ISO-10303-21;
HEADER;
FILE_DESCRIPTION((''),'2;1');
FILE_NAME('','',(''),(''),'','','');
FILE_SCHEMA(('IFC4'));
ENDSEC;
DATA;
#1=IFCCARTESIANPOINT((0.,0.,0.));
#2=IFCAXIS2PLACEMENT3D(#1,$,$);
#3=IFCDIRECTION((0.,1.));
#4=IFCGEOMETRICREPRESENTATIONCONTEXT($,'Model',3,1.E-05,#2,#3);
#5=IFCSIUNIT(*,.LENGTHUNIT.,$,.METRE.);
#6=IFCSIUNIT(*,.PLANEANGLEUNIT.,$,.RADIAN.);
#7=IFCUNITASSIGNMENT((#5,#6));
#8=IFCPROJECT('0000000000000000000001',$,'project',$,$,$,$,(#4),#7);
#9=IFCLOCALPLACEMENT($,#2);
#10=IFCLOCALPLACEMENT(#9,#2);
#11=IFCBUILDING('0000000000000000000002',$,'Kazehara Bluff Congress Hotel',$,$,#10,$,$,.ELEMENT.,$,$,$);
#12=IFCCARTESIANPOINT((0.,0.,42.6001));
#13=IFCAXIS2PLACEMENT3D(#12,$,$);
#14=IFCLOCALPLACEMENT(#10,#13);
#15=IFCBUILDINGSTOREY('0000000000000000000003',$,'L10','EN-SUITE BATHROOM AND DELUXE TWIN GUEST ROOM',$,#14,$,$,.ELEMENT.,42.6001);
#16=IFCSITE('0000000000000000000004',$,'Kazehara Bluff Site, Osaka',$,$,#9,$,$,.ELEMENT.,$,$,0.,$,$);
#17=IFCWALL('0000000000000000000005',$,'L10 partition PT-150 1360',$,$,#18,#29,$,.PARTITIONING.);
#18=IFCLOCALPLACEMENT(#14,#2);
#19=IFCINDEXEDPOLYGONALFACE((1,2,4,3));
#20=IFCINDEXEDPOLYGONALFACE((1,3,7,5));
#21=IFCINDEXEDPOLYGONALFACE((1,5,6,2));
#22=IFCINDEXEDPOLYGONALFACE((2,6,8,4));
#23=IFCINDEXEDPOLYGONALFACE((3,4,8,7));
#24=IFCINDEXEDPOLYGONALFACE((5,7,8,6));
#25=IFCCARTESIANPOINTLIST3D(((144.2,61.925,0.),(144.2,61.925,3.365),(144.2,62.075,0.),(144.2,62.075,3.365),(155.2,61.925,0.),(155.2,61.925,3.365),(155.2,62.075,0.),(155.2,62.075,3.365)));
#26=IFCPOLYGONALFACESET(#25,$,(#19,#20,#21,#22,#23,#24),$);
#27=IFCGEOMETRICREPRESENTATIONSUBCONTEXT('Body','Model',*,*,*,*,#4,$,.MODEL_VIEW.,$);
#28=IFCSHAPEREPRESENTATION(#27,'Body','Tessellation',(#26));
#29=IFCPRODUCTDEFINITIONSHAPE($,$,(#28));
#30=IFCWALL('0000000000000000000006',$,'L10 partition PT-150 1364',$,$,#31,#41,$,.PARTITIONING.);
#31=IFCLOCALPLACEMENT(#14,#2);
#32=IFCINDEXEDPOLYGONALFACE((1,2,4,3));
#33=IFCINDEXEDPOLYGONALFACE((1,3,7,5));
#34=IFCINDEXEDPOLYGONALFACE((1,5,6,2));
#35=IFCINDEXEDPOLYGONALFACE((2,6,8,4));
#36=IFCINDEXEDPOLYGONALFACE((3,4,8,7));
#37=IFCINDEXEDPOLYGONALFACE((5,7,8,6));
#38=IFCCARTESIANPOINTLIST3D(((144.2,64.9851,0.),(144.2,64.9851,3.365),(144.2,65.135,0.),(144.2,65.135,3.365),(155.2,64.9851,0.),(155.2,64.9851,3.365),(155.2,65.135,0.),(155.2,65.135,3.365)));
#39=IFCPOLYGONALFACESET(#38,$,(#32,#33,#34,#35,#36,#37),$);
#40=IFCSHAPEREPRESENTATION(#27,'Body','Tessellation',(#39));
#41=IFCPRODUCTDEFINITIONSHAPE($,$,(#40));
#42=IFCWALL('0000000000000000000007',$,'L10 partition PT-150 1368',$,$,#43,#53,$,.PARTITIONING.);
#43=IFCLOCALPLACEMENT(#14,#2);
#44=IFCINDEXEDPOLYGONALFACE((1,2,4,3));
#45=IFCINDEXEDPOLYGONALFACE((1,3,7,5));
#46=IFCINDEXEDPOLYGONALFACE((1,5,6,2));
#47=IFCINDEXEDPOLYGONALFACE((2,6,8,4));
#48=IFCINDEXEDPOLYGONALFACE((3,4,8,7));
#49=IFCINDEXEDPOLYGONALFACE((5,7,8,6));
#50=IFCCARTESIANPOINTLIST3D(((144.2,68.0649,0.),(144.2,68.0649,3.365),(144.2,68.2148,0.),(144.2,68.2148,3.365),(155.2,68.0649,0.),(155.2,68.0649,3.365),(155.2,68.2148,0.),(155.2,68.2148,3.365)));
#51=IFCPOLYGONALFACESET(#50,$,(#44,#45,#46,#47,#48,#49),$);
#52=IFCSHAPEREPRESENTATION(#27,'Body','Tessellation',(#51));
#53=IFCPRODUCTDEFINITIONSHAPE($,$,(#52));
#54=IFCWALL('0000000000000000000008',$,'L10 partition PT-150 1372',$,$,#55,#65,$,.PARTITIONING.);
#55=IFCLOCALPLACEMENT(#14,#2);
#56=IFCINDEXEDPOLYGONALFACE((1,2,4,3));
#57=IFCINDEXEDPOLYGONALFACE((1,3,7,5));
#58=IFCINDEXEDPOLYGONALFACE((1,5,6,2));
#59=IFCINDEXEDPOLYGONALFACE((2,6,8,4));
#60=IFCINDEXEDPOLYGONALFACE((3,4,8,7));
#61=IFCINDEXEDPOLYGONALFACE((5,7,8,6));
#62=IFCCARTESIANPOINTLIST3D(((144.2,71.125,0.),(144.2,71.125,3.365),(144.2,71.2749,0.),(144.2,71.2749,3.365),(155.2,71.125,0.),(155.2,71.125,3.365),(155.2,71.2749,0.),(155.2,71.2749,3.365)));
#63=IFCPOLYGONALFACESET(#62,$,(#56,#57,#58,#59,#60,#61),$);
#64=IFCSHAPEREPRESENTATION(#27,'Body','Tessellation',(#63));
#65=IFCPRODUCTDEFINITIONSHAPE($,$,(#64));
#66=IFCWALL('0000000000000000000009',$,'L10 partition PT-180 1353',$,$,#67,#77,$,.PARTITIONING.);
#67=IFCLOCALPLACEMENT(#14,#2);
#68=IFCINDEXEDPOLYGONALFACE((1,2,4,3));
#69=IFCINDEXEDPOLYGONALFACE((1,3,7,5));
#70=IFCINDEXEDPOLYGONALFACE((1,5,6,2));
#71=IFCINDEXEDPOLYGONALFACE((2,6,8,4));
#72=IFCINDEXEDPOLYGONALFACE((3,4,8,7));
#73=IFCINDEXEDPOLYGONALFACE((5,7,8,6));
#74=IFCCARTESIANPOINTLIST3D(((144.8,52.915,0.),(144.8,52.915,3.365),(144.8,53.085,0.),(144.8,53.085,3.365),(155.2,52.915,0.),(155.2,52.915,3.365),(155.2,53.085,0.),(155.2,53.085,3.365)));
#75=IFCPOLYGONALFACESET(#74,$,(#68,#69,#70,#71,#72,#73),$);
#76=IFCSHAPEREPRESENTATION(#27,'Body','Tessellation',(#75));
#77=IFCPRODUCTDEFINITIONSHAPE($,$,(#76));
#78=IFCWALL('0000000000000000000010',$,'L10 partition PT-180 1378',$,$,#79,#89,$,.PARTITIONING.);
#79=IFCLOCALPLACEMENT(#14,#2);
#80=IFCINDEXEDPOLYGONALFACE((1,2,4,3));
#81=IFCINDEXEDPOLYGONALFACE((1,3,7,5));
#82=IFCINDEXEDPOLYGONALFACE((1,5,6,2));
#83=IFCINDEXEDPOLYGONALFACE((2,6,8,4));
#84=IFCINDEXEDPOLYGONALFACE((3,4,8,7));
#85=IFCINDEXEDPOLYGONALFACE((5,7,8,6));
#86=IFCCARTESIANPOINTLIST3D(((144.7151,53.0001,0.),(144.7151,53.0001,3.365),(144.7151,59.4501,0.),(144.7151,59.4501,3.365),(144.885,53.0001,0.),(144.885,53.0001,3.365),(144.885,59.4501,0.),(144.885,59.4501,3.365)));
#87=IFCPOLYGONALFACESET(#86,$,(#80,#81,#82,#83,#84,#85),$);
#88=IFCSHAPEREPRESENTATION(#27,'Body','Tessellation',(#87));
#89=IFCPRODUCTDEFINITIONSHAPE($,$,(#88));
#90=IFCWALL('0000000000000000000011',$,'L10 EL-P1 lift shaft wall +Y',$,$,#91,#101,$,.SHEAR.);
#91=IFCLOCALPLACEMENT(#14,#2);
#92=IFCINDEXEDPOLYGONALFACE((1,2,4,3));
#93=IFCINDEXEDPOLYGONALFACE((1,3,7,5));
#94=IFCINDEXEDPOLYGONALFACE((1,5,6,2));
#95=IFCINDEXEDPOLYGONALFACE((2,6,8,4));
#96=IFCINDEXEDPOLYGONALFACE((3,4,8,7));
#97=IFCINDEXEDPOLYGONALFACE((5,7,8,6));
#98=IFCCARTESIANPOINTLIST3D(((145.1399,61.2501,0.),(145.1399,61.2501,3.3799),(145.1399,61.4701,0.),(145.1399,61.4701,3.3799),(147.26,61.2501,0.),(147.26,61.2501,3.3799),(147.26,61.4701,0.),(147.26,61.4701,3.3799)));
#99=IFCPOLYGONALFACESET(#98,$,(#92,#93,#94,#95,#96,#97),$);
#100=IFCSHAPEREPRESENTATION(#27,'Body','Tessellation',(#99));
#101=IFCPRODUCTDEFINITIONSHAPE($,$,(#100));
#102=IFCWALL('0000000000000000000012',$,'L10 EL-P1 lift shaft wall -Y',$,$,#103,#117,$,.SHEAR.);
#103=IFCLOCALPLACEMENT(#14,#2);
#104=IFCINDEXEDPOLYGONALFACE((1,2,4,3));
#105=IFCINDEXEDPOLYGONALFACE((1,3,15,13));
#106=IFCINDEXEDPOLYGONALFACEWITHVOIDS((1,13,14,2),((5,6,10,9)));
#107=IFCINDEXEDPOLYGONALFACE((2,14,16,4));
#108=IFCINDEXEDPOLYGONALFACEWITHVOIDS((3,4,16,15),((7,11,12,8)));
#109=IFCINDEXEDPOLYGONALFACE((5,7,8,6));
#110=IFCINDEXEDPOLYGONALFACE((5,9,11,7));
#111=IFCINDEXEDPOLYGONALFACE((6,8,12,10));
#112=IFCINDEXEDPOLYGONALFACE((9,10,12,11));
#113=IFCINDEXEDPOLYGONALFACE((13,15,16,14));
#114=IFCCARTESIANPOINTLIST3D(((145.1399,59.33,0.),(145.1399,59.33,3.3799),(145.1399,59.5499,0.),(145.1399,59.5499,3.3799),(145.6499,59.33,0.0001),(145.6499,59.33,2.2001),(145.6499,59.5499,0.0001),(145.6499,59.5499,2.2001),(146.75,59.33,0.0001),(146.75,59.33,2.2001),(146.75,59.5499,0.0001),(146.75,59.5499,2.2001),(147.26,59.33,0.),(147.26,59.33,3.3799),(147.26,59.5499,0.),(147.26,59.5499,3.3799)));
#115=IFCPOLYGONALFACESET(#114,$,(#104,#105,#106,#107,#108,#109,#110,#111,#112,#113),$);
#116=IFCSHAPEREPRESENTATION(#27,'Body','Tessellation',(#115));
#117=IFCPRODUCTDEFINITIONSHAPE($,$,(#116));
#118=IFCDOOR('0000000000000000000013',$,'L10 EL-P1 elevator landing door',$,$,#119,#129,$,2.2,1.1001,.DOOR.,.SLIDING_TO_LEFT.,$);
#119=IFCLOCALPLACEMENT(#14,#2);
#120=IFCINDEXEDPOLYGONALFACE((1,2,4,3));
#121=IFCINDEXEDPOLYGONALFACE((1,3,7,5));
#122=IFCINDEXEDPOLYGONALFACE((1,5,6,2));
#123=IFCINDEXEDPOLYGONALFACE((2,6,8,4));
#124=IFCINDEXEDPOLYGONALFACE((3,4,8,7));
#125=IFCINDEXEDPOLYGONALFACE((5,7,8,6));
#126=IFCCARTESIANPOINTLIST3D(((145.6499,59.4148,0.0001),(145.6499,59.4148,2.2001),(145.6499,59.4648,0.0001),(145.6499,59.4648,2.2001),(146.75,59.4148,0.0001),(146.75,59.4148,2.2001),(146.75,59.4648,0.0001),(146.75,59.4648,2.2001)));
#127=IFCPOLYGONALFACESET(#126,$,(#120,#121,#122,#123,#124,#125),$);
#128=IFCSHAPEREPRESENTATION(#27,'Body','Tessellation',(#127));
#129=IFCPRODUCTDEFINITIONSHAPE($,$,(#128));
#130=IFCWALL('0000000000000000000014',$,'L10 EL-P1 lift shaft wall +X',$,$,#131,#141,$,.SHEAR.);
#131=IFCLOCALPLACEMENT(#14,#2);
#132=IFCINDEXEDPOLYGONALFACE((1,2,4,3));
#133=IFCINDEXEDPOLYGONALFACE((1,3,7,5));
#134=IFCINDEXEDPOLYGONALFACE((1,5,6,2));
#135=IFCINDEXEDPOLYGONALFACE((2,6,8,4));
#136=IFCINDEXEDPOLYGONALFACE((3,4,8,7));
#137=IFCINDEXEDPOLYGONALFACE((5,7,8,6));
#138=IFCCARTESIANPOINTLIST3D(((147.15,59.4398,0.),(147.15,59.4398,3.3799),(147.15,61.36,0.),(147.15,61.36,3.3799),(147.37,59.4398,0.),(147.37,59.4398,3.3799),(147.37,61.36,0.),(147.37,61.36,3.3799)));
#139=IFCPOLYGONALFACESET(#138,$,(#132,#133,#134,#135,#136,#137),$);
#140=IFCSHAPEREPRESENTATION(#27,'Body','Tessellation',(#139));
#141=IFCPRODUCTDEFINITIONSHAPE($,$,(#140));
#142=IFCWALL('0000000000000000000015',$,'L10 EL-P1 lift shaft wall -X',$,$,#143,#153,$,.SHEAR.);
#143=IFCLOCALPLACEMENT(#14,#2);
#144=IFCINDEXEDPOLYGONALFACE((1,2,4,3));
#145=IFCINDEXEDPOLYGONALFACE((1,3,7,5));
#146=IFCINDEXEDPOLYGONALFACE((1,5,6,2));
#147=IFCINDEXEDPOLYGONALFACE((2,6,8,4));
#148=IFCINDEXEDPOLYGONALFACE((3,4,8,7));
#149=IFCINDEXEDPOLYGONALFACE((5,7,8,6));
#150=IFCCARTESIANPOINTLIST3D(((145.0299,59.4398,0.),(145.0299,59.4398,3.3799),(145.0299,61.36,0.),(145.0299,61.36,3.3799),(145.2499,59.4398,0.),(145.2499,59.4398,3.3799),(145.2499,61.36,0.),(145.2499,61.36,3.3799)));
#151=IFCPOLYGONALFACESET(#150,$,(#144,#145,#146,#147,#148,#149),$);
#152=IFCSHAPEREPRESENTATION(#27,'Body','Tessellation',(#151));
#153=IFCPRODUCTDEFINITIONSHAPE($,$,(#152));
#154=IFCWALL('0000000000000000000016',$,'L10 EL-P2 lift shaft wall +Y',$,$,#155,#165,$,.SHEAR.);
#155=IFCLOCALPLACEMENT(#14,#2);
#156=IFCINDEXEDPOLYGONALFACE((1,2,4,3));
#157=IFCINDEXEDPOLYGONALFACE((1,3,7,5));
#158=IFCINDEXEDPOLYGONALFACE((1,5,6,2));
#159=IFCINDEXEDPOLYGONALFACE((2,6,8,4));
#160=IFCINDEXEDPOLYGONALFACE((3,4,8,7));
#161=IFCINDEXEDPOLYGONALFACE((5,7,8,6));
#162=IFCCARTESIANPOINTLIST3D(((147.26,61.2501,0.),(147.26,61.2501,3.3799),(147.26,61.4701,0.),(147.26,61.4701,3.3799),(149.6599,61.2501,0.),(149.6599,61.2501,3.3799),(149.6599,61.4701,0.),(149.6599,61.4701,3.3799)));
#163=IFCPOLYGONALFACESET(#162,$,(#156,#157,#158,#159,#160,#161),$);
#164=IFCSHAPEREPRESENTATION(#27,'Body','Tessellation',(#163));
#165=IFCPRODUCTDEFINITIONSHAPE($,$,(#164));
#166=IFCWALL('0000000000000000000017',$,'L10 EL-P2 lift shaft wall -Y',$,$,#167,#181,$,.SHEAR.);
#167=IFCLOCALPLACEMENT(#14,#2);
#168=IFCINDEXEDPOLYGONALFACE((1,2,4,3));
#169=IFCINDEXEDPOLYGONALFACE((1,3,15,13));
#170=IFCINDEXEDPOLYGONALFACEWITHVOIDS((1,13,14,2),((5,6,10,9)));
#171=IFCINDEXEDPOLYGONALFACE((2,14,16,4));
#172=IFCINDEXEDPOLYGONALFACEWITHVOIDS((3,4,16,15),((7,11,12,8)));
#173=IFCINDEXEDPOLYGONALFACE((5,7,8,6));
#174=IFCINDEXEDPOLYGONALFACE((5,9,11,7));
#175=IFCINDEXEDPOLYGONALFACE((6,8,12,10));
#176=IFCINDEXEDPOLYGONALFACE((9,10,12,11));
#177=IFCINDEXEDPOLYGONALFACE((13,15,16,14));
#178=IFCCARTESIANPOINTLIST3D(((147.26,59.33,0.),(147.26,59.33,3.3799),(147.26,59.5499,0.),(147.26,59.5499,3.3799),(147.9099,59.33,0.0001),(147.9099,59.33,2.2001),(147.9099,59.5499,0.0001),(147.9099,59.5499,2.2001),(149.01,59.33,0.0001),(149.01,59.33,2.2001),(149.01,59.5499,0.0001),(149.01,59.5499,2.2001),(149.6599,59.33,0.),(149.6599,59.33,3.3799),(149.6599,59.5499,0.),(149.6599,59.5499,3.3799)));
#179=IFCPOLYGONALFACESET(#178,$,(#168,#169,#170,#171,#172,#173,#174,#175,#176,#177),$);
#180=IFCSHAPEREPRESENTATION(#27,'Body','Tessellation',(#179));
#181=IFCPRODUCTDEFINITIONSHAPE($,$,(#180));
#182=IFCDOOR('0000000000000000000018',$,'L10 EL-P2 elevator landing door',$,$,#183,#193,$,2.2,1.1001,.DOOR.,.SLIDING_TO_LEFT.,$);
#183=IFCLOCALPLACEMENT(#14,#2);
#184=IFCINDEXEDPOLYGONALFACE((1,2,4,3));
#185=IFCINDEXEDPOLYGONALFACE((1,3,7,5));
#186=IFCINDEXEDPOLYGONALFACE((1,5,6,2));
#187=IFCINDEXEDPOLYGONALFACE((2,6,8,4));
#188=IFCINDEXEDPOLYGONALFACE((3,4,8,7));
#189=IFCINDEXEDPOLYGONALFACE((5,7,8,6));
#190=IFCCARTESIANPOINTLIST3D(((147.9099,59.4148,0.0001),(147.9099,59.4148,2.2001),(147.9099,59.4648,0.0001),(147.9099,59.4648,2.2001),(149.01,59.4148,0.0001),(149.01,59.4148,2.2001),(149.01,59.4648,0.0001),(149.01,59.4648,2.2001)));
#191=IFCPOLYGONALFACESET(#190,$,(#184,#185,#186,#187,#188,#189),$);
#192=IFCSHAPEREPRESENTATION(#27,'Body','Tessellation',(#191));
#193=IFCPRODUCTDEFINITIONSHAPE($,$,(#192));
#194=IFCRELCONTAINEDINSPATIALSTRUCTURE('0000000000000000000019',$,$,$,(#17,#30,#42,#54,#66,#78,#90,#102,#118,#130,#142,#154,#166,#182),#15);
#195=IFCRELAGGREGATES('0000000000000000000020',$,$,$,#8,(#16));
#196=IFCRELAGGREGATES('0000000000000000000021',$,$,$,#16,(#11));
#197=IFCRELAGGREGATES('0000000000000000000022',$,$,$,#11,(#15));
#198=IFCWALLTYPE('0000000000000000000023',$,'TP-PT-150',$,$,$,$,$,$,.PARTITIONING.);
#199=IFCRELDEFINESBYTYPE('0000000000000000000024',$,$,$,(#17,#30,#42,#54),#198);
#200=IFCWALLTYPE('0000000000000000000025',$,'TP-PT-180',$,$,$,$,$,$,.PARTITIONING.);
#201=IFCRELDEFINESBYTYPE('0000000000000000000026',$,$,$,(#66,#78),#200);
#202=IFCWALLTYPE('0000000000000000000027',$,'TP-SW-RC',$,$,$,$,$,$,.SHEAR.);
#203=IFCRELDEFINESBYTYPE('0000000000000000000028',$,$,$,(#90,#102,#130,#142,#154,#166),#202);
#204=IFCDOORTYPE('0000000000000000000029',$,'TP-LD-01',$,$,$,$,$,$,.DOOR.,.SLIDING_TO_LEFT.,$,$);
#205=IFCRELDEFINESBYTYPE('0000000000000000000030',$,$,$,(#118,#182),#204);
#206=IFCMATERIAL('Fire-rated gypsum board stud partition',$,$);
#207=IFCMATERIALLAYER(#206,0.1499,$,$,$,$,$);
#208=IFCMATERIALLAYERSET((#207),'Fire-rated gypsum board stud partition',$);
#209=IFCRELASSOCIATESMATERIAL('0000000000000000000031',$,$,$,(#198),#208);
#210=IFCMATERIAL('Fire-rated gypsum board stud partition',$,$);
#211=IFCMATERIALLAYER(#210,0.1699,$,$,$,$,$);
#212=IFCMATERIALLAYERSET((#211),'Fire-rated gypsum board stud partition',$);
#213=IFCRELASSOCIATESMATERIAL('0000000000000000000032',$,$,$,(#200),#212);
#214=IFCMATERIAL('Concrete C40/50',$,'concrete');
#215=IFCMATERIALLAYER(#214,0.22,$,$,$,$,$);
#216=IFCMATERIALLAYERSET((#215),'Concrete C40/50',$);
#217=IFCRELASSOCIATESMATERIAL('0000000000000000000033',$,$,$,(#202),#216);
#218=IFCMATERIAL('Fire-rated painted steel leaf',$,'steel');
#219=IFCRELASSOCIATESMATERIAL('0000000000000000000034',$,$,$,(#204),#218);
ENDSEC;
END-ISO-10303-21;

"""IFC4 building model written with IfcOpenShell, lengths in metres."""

from ifc_helpers import new_model, si_unit, direction, frame, frame_2d, origin, place, context, subcontext, project, spatial, rectangle, extrude, material, layer, layer_set, type_object, element, fill, save


model = new_model("IFC4")

# Units and contexts
model_context = context("Model", 3, precision=1e-05, world=origin(), true_north=direction((0.0, 1.0)))
body_context = subcontext(model_context, "Body", "Model", "MODEL_VIEW")
ifc_project = project(units=[si_unit("LENGTHUNIT", "METRE"), si_unit("PLANEANGLEUNIT", "RADIAN")], contexts=[model_context])

# Site, building, storey
site_placement = place(None, origin())
site = spatial("IfcSite", under=ifc_project, at=site_placement, Name="Kazehara Bluff Site, Osaka", CompositionType="ELEMENT", RefElevation=0.0)
building_placement = place(site_placement, origin())
building = spatial("IfcBuilding", under=site, at=building_placement, Name="Kazehara Bluff Congress Hotel", CompositionType="ELEMENT")
storey_placement = place(building_placement, frame((0.0, 0.0, 42.6001)))
storey = spatial("IfcBuildingStorey", under=building, at=storey_placement, Name="L10", Description="EN-SUITE BATHROOM AND DELUXE TWIN GUEST ROOM", CompositionType="ELEMENT", Elevation=42.6001)

# Walls
ifc_material_1 = material(Name="Fire-rated gypsum board stud partition")
ifc_layer_1 = layer(ifc_material_1, 0.1499)
ifc_layer_set_1 = layer_set([ifc_layer_1], Name="Fire-rated gypsum board stud partition")
wall_type_1 = type_object("IfcWallType", Name="TP-PT-150", PredefinedType="PARTITIONING", material=ifc_layer_set_1)
for number, where, z_axis, x_axis, name in (
    (1, (144.2, 62.0, 0.0), (0.0, 0.0, 1.0), (1.0, 0.0, 0.0), "L10 partition PT-150 1360"),
    (2, (144.2, 65.0601, 0.0), (0.0, 0.0, 1.0), (1.0, 0.0, 0.0), "L10 partition PT-150 1364"),
    (3, (144.2, 68.1399, 0.0), (0.0, 0.0, 1.0), (1.0, 0.0, 0.0), "L10 partition PT-150 1368"),
    (4, (144.2, 71.2, 0.0), (0.0, 0.0, 1.0), (1.0, 0.0, 0.0), "L10 partition PT-150 1372"),
):
    element("IfcWall", number, at=place(storey_placement, frame(where, z_axis=z_axis, x_axis=x_axis)), inside=storey, type_object=wall_type_1, Name=name, PredefinedType="PARTITIONING", context=body_context, shape_type="SweptSolid", body=[
        extrude(rectangle(XDim=11.0, YDim=0.1499, at=frame_2d((5.5, 0.0))), origin(), (0.0, 0.0, 1.0), 3.365),
    ])
ifc_material_2 = material(Name="Fire-rated gypsum board stud partition")
ifc_layer_2 = layer(ifc_material_2, 0.1699)
ifc_layer_set_2 = layer_set([ifc_layer_2], Name="Fire-rated gypsum board stud partition")
wall_type_2 = type_object("IfcWallType", Name="TP-PT-180", PredefinedType="PARTITIONING", material=ifc_layer_set_2)
wall_1_placement = place(storey_placement, frame((144.8, 53.0, 0.0), z_axis=(0.0, 0.0, 1.0), x_axis=(1.0, 0.0, 0.0)))
element("IfcWall", 5, at=wall_1_placement, inside=storey, type_object=wall_type_2, Name="L10 partition PT-180 1353", PredefinedType="PARTITIONING", context=body_context, shape_type="SweptSolid", body=[
    extrude(rectangle(XDim=10.3999, YDim=0.1699, at=frame_2d((5.2, 0.0))), origin(), (0.0, 0.0, 1.0), 3.365),
])
wall_2_placement = place(storey_placement, frame((144.8, 53.0, 0.0), z_axis=(0.0, 0.0, 1.0), x_axis=(0.0, 1.0, 0.0)))
element("IfcWall", 6, at=wall_2_placement, inside=storey, type_object=wall_type_2, Name="L10 partition PT-180 1378", PredefinedType="PARTITIONING", context=body_context, shape_type="SweptSolid", body=[
    extrude(rectangle(XDim=6.45, YDim=0.1699, at=frame_2d((3.2251, 0.0))), origin(), (0.0, 0.0, 1.0), 3.365),
])
ifc_material_3 = material(Name="Concrete C40/50", Category="concrete")
ifc_layer_3 = layer(ifc_material_3, 0.22)
ifc_layer_set_3 = layer_set([ifc_layer_3], Name="Concrete C40/50")
wall_type_3 = type_object("IfcWallType", Name="TP-SW-RC", PredefinedType="SHEAR", material=ifc_layer_set_3)
wall_3_placement = place(storey_placement, frame((145.1399, 61.3601, 0.0), z_axis=(0.0, 0.0, 1.0), x_axis=(1.0, 0.0, 0.0)))
element("IfcWall", 7, at=wall_3_placement, inside=storey, type_object=wall_type_3, Name="L10 EL-P1 lift shaft wall +Y", PredefinedType="SHEAR", context=body_context, shape_type="SweptSolid", body=[
    extrude(rectangle(XDim=2.1201, YDim=0.22, at=frame_2d((1.0601, 0.0))), origin(), (0.0, 0.0, 1.0), 3.3799),
])

# Wall, opening, door
wall_4_placement = place(storey_placement, frame((145.1399, 59.4399, 0.0), z_axis=(0.0, 0.0, 1.0), x_axis=(1.0, 0.0, 0.0)))
wall_4 = element("IfcWall", 8, at=wall_4_placement, inside=storey, type_object=wall_type_3, Name="L10 EL-P1 lift shaft wall -Y", PredefinedType="SHEAR", context=body_context, shape_type="SweptSolid", body=[
    extrude(rectangle(XDim=2.1201, YDim=0.22, at=frame_2d((1.0601, 0.0))), origin(), (0.0, 0.0, 1.0), 3.3799),
])
opening_1_placement = place(wall_4_placement, frame((0.51, 0.0, 0.0)))
opening_1 = element("IfcOpeningElement", 9, at=opening_1_placement, cuts=wall_4, PredefinedType="OPENING", context=body_context, shape_type="SweptSolid", body=[
    extrude(rectangle(XDim=1.1001, YDim=2.2, at=frame_2d((0.55, 1.1001))), frame((0.0, 0.1199, 0.0), z_axis=(0.0, -1.0, 0.0), x_axis=(1.0, 0.0, 0.0)), (0.0, 0.0, 1.0), 0.24),
])
ifc_material_4 = material(Name="Fire-rated painted steel leaf", Category="steel")
door_type = type_object("IfcDoorType", Name="TP-LD-01", OperationType="SLIDING_TO_LEFT", PredefinedType="DOOR", material=ifc_material_4)
door_1_placement = place(opening_1_placement, origin())
door_1 = element("IfcDoor", 10, at=door_1_placement, inside=storey, type_object=door_type, Name="L10 EL-P1 elevator landing door", OperationType="SLIDING_TO_LEFT", OverallHeight=2.2, OverallWidth=1.1001, PredefinedType="DOOR", context=body_context, shape_type="SweptSolid", body=[
    extrude(rectangle(XDim=1.1001, YDim=2.2, at=frame_2d((0.55, 1.1001))), frame((0.0, 0.0249, 0.0), z_axis=(0.0, -1.0, 0.0), x_axis=(1.0, 0.0, 0.0)), (0.0, 0.0, 1.0), 0.05),
])
fill(opening_1, door_1)

# Walls
for number, where, z_axis, x_axis, name in (
    (11, (147.26, 59.4399, 0.0), (0.0, 0.0, 1.0), (0.0, 1.0, 0.0), "L10 EL-P1 lift shaft wall +X"),
    (12, (145.1399, 59.4399, 0.0), (0.0, 0.0, 1.0), (0.0, 1.0, 0.0), "L10 EL-P1 lift shaft wall -X"),
):
    element("IfcWall", number, at=place(storey_placement, frame(where, z_axis=z_axis, x_axis=x_axis)), inside=storey, type_object=wall_type_3, Name=name, PredefinedType="SHEAR", context=body_context, shape_type="SweptSolid", body=[
        extrude(rectangle(XDim=1.9202, YDim=0.22, at=frame_2d((0.96, 0.0))), origin(), (0.0, 0.0, 1.0), 3.3799),
    ])
wall_5_placement = place(storey_placement, frame((147.26, 61.3601, 0.0), z_axis=(0.0, 0.0, 1.0), x_axis=(1.0, 0.0, 0.0)))
element("IfcWall", 13, at=wall_5_placement, inside=storey, type_object=wall_type_3, Name="L10 EL-P2 lift shaft wall +Y", PredefinedType="SHEAR", context=body_context, shape_type="SweptSolid", body=[
    extrude(rectangle(XDim=2.3999, YDim=0.22, at=frame_2d((1.2, 0.0))), origin(), (0.0, 0.0, 1.0), 3.3799),
])

# Wall, opening, door
wall_6_placement = place(storey_placement, frame((147.26, 59.4399, 0.0), z_axis=(0.0, 0.0, 1.0), x_axis=(1.0, 0.0, 0.0)))
wall_6 = element("IfcWall", 14, at=wall_6_placement, inside=storey, type_object=wall_type_3, Name="L10 EL-P2 lift shaft wall -Y", PredefinedType="SHEAR", context=body_context, shape_type="SweptSolid", body=[
    extrude(rectangle(XDim=2.3999, YDim=0.22, at=frame_2d((1.2, 0.0))), origin(), (0.0, 0.0, 1.0), 3.3799),
])
opening_2_placement = place(wall_6_placement, frame((0.6499, 0.0, 0.0)))
opening_2 = element("IfcOpeningElement", 15, at=opening_2_placement, cuts=wall_6, PredefinedType="OPENING", context=body_context, shape_type="SweptSolid", body=[
    extrude(rectangle(XDim=1.1001, YDim=2.2, at=frame_2d((0.55, 1.1001))), frame((0.0, 0.1199, 0.0), z_axis=(0.0, -1.0, 0.0), x_axis=(1.0, 0.0, 0.0)), (0.0, 0.0, 1.0), 0.24),
])
door_2_placement = place(opening_2_placement, origin())
door_2 = element("IfcDoor", 16, at=door_2_placement, inside=storey, type_object=door_type, Name="L10 EL-P2 elevator landing door", OperationType="SLIDING_TO_LEFT", OverallHeight=2.2, OverallWidth=1.1001, PredefinedType="DOOR", context=body_context, shape_type="SweptSolid", body=[
    extrude(rectangle(XDim=1.1001, YDim=2.2, at=frame_2d((0.55, 1.1001))), frame((0.0, 0.0249, 0.0), z_axis=(0.0, -1.0, 0.0), x_axis=(1.0, 0.0, 0.0)), (0.0, 0.0, 1.0), 0.05),
])
fill(opening_2, door_2)

save(model, "model.ifc")
